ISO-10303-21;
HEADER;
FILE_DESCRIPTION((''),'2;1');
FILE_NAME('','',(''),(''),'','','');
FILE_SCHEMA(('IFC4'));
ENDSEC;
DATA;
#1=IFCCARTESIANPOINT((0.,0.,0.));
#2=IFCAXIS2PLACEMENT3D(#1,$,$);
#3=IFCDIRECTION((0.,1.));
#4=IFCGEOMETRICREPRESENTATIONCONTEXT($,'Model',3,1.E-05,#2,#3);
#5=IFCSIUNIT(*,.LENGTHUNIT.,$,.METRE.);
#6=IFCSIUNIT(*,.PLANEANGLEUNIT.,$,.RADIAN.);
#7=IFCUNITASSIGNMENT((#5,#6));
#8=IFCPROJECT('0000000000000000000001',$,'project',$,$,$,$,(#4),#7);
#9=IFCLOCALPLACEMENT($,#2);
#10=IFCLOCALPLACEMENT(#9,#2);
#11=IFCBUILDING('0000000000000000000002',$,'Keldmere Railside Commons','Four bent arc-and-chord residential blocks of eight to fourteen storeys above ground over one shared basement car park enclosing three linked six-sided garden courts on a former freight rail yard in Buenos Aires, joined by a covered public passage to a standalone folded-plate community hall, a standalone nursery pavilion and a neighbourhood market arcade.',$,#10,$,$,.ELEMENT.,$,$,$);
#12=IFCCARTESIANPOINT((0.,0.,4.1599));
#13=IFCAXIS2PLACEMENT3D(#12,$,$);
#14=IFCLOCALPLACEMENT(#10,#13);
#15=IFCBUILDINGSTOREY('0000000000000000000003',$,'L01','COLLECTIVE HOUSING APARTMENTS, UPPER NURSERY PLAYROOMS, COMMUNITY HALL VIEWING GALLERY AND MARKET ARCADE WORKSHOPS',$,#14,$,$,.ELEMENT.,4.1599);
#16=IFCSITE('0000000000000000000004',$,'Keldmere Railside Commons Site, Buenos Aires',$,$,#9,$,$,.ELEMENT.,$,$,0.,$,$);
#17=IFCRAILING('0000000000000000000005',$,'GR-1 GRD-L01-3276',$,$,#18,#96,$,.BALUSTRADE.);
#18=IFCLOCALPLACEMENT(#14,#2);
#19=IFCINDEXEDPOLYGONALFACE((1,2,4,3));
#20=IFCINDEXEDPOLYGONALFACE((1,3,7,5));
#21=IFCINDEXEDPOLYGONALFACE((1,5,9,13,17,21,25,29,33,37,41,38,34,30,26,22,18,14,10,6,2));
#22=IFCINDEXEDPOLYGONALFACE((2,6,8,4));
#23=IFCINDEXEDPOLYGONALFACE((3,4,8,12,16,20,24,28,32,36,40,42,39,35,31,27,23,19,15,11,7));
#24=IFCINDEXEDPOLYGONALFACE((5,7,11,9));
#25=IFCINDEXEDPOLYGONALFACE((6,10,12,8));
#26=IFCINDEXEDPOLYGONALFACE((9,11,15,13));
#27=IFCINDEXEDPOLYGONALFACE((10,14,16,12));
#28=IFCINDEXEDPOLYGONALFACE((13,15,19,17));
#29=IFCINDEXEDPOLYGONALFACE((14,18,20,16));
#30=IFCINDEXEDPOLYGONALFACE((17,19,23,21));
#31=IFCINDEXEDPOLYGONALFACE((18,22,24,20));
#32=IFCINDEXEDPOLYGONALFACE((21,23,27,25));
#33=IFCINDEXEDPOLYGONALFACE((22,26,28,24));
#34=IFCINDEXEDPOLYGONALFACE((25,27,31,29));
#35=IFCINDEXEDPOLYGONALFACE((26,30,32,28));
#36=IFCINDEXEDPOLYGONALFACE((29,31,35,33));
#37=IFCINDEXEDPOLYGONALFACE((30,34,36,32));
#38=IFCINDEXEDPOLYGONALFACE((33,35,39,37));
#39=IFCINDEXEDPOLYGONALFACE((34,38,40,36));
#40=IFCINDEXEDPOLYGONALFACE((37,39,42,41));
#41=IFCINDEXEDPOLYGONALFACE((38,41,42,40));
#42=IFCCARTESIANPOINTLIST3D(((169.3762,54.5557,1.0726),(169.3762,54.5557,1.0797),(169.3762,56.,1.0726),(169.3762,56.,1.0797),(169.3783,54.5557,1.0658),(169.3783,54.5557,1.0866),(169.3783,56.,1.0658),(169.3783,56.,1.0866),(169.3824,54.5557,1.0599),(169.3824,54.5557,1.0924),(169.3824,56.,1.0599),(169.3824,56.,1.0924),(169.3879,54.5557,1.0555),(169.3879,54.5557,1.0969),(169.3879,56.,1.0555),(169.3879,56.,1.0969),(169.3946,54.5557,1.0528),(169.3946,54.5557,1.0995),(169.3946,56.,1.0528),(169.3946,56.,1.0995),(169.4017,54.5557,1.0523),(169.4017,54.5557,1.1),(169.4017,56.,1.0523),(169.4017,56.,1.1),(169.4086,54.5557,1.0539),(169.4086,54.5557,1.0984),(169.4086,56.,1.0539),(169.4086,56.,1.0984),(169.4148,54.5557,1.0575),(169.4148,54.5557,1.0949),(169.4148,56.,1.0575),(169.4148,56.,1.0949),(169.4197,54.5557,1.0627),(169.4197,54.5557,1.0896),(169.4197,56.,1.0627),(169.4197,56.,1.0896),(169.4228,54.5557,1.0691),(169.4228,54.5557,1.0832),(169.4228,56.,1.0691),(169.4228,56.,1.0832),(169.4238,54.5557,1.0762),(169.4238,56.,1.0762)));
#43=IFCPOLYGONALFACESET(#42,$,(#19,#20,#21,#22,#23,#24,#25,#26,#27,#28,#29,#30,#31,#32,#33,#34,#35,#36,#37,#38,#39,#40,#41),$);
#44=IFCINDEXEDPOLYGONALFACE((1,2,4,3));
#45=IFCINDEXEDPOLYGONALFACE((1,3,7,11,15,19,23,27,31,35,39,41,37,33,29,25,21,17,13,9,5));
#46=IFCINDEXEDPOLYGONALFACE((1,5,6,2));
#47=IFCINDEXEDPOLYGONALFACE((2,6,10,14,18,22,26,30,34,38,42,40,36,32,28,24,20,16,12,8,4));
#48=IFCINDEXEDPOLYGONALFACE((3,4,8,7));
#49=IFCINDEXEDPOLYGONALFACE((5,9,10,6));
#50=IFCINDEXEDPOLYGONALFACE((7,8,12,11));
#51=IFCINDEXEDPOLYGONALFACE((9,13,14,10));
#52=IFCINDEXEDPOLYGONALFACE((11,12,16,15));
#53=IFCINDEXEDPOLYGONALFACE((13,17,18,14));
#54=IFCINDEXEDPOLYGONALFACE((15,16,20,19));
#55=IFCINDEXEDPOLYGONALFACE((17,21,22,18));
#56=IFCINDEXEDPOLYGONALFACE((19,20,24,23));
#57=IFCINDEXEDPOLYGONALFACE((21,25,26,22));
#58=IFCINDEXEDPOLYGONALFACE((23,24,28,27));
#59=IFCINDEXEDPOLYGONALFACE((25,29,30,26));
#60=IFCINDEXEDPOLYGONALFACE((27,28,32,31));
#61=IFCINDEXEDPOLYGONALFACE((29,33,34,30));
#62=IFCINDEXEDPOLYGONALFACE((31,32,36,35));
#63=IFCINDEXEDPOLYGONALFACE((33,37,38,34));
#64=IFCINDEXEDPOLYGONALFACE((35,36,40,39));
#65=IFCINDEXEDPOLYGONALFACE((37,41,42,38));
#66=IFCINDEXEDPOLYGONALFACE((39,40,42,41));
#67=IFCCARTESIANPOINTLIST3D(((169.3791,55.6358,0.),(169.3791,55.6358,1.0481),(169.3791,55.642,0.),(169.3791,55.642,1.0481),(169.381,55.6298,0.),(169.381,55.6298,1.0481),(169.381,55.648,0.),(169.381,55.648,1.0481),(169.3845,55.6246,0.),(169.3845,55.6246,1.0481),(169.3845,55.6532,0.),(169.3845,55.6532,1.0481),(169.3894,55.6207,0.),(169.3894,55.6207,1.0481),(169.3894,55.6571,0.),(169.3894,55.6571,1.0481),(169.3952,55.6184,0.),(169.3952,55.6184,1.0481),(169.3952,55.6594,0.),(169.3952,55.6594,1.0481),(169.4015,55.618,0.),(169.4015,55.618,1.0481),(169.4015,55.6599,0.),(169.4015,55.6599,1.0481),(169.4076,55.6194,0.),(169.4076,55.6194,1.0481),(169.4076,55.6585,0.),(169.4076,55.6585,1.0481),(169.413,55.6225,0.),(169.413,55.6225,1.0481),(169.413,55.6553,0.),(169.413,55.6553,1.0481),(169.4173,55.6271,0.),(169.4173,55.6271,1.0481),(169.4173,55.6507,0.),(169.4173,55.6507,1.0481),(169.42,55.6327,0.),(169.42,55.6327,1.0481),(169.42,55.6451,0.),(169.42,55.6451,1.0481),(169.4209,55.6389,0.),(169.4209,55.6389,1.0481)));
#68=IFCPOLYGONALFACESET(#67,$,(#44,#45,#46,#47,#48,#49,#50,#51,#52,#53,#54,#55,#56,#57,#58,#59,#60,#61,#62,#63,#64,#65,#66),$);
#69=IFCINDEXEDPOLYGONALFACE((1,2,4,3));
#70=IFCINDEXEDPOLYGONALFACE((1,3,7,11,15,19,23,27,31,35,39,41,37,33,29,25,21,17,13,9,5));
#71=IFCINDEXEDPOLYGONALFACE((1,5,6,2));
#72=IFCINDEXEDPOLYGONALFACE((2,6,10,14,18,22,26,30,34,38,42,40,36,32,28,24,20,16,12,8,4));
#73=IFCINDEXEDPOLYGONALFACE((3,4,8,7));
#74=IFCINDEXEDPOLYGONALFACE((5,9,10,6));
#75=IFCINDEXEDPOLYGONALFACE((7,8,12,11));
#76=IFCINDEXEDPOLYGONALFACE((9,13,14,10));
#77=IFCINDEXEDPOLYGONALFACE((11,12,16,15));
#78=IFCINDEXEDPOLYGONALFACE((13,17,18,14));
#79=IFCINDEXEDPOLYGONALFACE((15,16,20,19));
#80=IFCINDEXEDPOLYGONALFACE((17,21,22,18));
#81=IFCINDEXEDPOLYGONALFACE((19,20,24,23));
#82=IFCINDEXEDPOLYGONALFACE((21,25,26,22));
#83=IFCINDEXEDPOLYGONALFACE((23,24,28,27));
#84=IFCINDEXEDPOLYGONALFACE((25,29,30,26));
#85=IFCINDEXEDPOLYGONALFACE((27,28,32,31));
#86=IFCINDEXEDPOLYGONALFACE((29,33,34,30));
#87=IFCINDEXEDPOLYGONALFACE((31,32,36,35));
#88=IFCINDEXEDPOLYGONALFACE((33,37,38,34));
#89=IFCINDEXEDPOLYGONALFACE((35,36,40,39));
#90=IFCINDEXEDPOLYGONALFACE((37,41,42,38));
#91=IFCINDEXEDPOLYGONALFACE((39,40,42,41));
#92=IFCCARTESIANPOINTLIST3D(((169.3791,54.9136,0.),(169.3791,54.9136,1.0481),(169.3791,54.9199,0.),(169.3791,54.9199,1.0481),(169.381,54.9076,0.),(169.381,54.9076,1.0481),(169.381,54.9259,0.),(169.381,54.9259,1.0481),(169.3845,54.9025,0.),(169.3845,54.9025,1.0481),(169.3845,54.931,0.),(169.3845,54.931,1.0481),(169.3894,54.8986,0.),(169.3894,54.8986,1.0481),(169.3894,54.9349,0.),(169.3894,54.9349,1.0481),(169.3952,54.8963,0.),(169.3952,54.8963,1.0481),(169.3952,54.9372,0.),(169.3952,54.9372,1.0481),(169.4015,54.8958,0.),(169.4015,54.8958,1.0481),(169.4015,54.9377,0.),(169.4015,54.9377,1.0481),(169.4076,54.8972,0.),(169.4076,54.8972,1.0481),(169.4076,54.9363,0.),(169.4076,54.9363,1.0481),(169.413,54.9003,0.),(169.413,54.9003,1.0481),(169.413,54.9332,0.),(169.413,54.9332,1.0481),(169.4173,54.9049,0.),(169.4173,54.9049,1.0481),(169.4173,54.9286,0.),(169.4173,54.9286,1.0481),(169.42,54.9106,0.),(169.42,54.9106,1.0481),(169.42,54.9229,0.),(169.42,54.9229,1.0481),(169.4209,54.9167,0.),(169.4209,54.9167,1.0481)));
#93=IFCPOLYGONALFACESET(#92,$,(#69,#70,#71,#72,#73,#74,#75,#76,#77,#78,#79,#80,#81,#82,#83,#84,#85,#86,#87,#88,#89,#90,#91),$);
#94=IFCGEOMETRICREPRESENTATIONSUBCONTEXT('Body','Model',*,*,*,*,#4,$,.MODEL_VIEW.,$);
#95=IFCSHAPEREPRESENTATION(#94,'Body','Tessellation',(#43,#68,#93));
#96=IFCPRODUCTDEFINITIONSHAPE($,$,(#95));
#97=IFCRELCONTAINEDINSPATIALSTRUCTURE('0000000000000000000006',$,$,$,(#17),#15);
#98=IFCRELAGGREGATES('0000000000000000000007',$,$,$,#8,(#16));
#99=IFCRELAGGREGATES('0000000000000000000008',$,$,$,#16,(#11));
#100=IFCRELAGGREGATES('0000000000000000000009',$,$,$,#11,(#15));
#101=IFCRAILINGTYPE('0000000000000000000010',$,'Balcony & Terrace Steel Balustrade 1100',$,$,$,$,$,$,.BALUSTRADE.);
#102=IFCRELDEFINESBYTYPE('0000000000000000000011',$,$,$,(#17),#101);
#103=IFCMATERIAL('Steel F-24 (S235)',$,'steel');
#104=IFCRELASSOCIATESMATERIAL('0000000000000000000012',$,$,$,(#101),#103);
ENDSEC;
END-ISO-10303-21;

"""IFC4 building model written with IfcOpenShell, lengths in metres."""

from ifc_helpers import new_model, si_unit, direction, frame, origin, origin_2d, place, context, subcontext, project, spatial, circle, extrude, material, type_object, element, save


model = new_model("IFC4")

# Units and contexts
model_context = context("Model", 3, precision=1e-05, world=origin(), true_north=direction((0.0, 1.0)))
body_context = subcontext(model_context, "Body", "Model", "MODEL_VIEW")
ifc_project = project(units=[si_unit("LENGTHUNIT", "METRE"), si_unit("PLANEANGLEUNIT", "RADIAN")], contexts=[model_context])

# Site, building, storey
site_placement = place(None, origin())
site = spatial("IfcSite", under=ifc_project, at=site_placement, Name="Keldmere Railside Commons Site, Buenos Aires", CompositionType="ELEMENT", RefElevation=0.0)
building_placement = place(site_placement, origin())
building = spatial("IfcBuilding", under=site, at=building_placement, Name="Keldmere Railside Commons", Description="Four bent arc-and-chord residential blocks of eight to fourteen storeys above ground over one shared basement car park enclosing three linked six-sided garden courts on a former freight rail yard in Buenos Aires, joined by a covered public passage to a standalone folded-plate community hall, a standalone nursery pavilion and a neighbourhood market arcade.", CompositionType="ELEMENT")
storey_placement = place(building_placement, frame((0.0, 0.0, 4.1599)))
storey = spatial("IfcBuildingStorey", under=building, at=storey_placement, Name="L01", Description="COLLECTIVE HOUSING APARTMENTS, UPPER NURSERY PLAYROOMS, COMMUNITY HALL VIEWING GALLERY AND MARKET ARCADE WORKSHOPS", CompositionType="ELEMENT", Elevation=4.1599)

# Railing
ifc_material_1 = material(Name="Steel F-24 (S235)", Category="steel")
railing_type = type_object("IfcRailingType", Name="Balcony & Terrace Steel Balustrade 1100", PredefinedType="BALUSTRADE", material=ifc_material_1)
railing_placement = place(storey_placement, frame((169.3999, 56.0, 0.0)))
element("IfcRailing", 1, at=railing_placement, inside=storey, type_object=railing_type, Name="GR-1 GRD-L01-3276", PredefinedType="BALUSTRADE", context=body_context, shape_type="SweptSolid", body=[
    extrude(circle(Radius=0.0239, at=origin_2d()), frame((0.0, 0.0, 1.0762), z_axis=(0.0, -1.0, 0.0), x_axis=(1.0, 0.0, 0.0)), (0.0, 0.0, 1.0), 1.4443),
    extrude(circle(Radius=0.021, at=origin_2d()), frame((0.0, -0.3611, 0.0)), (0.0, 0.0, 1.0), 1.0481),
    extrude(circle(Radius=0.021, at=origin_2d()), frame((0.0, -1.0833, 0.0)), (0.0, 0.0, 1.0), 1.0481),
])

save(model, "model.ifc")
